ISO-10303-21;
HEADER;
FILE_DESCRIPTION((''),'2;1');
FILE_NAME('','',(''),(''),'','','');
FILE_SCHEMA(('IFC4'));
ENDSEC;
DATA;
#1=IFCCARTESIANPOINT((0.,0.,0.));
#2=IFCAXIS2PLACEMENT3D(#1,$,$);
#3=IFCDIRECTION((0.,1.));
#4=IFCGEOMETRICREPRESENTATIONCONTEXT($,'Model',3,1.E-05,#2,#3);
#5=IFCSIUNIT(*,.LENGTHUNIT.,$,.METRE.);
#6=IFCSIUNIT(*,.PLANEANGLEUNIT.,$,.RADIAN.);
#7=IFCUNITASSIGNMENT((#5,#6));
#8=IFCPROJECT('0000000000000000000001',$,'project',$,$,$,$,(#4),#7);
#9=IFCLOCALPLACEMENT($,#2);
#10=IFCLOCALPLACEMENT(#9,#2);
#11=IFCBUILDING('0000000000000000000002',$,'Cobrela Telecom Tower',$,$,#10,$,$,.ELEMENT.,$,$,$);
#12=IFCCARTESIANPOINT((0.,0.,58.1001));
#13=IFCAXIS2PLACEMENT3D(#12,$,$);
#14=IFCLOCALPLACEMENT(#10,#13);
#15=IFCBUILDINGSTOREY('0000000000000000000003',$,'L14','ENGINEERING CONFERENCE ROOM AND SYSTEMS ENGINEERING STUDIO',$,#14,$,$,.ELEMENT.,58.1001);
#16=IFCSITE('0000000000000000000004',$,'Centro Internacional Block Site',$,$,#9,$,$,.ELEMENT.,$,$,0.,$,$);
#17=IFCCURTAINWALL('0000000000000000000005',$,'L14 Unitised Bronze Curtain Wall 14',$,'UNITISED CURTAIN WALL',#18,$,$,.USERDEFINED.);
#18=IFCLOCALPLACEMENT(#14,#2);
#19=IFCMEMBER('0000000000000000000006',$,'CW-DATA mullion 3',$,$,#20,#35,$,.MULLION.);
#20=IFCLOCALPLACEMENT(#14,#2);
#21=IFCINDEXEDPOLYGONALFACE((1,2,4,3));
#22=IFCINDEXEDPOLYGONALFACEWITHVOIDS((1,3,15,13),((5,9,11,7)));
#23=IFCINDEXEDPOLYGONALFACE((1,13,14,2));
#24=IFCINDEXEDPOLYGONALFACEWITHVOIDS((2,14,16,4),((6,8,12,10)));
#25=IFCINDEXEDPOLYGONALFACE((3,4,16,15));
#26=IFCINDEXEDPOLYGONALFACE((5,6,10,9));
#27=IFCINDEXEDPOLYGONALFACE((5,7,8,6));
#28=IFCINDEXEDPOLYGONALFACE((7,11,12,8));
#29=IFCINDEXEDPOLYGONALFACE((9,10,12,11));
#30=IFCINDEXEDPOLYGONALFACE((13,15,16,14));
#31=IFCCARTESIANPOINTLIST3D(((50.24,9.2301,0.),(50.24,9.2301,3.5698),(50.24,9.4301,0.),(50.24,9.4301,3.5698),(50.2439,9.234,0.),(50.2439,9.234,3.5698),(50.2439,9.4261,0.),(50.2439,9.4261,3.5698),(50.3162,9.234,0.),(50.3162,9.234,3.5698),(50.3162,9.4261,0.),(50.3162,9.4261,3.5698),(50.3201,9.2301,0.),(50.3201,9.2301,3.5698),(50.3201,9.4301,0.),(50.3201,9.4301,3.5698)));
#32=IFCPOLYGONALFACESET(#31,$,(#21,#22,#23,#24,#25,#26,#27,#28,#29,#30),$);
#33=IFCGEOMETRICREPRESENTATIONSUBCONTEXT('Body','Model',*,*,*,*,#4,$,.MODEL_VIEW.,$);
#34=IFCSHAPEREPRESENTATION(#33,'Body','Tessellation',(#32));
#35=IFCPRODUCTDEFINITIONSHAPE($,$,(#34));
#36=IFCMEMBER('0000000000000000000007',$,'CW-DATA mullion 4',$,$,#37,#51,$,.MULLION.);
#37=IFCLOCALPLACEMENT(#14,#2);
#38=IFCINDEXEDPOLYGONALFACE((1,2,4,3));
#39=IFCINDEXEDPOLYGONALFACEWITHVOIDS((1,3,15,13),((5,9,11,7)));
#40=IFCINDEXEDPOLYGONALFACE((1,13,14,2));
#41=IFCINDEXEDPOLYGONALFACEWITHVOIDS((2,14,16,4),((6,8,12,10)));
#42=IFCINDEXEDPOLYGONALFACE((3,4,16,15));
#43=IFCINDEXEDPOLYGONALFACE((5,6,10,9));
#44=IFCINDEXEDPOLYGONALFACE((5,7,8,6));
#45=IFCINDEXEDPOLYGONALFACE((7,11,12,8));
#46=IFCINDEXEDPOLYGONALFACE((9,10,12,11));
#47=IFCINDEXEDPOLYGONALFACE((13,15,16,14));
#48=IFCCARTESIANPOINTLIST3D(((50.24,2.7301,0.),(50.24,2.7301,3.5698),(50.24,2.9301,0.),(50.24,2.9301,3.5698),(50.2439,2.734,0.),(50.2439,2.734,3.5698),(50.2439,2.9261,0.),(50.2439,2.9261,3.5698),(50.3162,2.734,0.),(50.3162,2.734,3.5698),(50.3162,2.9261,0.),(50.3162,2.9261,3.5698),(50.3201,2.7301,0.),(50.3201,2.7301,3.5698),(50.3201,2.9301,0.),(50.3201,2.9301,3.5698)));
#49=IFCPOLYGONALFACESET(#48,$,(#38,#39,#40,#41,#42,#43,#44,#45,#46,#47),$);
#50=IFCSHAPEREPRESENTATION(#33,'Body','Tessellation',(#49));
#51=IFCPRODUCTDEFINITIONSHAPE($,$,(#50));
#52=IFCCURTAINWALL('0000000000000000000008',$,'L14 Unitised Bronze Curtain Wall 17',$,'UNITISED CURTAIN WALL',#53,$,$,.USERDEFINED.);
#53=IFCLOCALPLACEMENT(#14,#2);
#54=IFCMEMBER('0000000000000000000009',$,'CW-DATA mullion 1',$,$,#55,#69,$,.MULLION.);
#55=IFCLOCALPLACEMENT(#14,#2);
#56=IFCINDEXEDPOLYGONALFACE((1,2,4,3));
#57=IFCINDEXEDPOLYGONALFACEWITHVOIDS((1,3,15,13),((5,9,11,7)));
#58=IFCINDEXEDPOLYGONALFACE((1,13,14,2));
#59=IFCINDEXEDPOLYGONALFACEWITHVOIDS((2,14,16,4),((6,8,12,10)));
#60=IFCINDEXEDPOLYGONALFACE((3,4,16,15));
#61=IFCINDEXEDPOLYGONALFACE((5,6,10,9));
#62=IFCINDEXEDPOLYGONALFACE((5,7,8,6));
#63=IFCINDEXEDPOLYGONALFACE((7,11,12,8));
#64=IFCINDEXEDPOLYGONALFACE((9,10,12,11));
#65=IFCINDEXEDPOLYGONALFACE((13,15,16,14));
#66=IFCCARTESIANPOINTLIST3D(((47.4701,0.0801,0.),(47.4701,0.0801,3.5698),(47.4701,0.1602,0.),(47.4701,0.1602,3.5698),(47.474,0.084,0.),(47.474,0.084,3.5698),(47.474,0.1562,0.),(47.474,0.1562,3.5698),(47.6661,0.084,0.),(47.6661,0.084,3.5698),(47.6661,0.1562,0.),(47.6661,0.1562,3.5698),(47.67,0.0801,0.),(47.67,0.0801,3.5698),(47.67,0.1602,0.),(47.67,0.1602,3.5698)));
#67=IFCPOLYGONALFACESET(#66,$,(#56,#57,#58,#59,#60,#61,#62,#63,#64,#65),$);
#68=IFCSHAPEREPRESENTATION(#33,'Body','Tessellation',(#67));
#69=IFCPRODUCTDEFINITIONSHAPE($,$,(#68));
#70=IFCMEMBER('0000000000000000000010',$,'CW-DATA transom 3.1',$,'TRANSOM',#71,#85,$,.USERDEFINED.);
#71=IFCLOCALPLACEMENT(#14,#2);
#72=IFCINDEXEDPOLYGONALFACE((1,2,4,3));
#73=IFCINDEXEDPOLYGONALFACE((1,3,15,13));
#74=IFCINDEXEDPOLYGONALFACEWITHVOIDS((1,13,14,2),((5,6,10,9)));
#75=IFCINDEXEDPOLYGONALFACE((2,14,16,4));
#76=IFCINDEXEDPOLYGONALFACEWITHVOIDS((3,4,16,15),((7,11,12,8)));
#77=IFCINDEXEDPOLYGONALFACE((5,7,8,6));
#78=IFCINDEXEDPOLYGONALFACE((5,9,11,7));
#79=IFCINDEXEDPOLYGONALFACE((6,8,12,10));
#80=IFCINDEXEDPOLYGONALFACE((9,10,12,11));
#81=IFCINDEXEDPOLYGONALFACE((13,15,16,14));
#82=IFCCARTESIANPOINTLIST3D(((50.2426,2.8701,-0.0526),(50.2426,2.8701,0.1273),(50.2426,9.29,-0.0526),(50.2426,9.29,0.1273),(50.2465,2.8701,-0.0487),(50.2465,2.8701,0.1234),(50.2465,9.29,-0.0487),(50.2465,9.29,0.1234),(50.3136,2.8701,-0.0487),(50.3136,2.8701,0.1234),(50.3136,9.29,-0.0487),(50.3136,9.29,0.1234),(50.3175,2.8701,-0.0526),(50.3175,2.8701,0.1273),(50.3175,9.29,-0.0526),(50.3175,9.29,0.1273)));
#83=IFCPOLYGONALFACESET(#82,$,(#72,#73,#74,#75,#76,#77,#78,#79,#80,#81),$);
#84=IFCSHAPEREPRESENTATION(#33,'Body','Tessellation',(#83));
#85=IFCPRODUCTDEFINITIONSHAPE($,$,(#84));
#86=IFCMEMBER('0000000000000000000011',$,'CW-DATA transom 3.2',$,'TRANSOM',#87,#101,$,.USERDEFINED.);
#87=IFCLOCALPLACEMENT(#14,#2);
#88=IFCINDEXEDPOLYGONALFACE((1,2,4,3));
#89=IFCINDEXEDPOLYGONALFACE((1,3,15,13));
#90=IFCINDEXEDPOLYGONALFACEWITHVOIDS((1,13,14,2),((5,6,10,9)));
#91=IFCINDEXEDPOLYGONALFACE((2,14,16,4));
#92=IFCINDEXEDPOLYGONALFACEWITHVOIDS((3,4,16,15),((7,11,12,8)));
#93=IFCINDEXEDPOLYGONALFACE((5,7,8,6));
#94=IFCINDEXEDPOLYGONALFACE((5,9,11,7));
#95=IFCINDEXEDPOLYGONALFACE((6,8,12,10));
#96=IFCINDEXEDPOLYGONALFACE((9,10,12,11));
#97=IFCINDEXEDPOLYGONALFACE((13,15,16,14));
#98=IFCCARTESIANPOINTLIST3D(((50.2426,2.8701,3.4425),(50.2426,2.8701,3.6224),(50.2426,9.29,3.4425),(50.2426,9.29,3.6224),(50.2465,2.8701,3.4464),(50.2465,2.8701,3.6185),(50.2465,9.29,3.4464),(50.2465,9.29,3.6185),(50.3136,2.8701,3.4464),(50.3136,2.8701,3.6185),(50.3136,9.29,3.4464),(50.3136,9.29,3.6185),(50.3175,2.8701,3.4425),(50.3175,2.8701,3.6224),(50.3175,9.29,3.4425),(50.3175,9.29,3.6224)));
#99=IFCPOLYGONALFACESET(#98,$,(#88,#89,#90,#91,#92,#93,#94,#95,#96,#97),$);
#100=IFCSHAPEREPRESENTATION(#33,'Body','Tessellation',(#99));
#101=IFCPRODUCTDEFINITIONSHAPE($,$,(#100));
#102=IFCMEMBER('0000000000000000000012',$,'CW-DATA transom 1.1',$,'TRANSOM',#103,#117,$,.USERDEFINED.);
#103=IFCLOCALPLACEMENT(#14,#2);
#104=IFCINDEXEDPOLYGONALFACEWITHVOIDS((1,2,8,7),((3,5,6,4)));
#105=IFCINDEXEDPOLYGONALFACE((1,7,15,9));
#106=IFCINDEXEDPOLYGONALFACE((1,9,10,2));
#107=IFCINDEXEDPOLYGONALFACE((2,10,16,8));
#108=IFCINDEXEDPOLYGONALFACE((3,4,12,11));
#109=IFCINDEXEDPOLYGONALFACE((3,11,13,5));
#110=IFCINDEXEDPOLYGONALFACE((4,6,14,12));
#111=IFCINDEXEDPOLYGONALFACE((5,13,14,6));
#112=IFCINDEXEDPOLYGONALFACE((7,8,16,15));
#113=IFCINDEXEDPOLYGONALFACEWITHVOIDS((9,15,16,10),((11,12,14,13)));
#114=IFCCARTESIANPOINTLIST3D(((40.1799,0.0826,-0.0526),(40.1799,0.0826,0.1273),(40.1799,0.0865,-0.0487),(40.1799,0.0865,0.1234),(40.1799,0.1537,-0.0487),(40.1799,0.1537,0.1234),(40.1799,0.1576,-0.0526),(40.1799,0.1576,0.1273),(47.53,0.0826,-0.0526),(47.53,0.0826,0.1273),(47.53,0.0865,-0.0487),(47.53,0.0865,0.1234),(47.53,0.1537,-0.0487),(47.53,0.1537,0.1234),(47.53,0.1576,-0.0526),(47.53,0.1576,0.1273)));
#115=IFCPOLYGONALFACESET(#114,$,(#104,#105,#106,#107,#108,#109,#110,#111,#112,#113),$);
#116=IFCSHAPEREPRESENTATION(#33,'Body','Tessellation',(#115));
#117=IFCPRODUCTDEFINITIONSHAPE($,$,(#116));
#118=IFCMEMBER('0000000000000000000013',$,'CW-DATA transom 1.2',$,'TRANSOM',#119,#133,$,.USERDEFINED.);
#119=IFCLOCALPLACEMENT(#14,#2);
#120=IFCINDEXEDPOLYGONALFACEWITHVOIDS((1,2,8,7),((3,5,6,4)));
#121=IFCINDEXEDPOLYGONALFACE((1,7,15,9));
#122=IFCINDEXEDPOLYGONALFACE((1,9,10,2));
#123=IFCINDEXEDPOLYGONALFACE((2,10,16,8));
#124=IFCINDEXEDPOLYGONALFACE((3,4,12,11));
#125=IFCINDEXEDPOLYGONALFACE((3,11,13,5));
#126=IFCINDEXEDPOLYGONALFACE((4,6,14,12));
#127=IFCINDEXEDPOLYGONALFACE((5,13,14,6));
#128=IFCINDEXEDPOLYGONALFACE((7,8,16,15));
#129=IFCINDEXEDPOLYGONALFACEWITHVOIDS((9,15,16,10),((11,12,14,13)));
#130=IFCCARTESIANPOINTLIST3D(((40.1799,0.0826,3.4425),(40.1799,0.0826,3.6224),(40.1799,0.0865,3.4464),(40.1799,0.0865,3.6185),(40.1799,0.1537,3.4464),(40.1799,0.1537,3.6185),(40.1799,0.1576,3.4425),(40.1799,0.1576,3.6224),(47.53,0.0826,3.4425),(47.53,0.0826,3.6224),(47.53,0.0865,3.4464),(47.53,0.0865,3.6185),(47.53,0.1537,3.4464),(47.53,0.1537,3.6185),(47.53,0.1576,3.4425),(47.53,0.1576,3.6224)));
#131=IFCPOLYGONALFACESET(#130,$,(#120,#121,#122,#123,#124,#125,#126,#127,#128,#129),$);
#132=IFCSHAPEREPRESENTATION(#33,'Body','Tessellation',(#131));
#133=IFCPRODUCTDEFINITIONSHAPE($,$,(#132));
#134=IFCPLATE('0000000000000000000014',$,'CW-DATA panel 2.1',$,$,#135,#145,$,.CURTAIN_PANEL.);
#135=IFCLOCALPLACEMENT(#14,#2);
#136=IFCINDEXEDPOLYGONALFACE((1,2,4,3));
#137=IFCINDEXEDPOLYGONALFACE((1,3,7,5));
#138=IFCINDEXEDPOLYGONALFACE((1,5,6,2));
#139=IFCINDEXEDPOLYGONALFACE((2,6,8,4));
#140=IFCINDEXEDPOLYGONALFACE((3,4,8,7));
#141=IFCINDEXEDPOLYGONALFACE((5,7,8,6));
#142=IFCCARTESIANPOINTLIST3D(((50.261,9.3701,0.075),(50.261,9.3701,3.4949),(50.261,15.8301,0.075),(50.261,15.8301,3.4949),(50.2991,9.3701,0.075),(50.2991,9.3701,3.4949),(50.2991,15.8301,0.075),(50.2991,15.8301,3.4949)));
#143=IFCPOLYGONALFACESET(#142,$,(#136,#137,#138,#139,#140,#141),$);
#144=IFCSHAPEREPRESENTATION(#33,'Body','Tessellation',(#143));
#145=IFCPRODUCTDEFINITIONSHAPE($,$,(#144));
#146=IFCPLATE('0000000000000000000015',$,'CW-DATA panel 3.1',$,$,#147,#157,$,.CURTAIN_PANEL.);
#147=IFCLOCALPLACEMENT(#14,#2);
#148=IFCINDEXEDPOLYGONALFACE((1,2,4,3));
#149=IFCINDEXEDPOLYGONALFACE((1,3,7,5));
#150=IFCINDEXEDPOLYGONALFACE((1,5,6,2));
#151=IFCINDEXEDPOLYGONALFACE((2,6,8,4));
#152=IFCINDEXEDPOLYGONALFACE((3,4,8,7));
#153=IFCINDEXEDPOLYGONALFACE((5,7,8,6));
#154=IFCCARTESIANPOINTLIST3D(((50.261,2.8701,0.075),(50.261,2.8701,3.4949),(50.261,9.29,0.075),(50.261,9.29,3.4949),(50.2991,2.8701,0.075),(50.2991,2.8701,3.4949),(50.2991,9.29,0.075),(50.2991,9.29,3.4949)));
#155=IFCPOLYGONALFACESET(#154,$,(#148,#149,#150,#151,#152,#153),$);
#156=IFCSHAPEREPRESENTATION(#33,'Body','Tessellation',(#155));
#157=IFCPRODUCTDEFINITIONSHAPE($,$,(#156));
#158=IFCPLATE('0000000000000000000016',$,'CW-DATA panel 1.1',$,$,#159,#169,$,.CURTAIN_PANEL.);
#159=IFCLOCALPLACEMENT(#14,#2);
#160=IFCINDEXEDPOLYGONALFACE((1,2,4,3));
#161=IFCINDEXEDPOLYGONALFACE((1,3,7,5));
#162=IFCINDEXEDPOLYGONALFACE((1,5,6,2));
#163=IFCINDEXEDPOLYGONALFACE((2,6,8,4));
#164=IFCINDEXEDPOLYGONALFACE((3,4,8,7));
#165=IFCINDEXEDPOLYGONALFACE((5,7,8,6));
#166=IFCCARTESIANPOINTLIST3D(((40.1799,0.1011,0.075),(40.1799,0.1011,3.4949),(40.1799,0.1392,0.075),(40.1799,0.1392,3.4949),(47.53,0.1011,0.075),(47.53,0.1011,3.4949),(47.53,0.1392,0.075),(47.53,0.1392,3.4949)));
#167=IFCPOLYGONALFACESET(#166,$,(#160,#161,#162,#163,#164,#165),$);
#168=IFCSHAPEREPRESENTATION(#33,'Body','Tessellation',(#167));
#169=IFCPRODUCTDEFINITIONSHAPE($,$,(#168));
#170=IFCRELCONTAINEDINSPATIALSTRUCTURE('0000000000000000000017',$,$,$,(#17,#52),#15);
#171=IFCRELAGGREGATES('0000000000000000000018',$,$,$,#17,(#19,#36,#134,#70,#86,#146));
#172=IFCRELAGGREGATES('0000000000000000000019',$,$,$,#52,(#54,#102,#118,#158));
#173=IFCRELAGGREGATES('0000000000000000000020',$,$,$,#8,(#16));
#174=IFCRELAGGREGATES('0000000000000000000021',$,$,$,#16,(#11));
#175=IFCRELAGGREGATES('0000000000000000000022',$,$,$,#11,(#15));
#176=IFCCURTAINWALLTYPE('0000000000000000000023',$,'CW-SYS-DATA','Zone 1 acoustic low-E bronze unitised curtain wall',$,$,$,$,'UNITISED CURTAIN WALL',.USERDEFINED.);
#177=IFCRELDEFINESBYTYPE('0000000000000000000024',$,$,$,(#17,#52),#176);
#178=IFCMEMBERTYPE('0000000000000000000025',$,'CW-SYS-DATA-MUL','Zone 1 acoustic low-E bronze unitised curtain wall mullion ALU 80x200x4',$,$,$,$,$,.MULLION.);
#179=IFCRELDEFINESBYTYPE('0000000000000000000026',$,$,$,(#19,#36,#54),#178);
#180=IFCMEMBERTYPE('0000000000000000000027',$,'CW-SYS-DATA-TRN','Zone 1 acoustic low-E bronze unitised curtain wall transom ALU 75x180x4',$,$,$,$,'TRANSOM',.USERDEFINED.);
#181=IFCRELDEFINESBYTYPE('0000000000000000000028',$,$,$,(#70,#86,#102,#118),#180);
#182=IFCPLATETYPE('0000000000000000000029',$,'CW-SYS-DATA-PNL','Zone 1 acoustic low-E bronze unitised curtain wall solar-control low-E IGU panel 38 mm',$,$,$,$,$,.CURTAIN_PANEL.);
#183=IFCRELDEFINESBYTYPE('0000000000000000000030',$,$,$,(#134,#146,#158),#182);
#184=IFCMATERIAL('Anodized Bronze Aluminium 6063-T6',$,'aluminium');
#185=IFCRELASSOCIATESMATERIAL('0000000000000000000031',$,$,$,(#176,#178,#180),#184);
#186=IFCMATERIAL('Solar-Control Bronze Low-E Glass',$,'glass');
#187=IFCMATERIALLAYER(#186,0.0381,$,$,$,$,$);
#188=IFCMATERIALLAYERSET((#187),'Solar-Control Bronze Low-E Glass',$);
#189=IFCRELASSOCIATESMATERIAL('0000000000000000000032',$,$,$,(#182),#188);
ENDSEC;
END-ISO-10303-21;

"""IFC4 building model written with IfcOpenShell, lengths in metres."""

from ifc_helpers import new_model, si_unit, direction, frame, origin, origin_2d, place, context, subcontext, project, spatial, rectangle, hollow_rectangle, extrude, material, layer, layer_set, material_profile, profile_set, type_object, element, aggregate, save


model = new_model("IFC4")

# Units and contexts
model_context = context("Model", 3, precision=1e-05, world=origin(), true_north=direction((0.0, 1.0)))
body_context = subcontext(model_context, "Body", "Model", "MODEL_VIEW")
ifc_project = project(units=[si_unit("LENGTHUNIT", "METRE"), si_unit("PLANEANGLEUNIT", "RADIAN")], contexts=[model_context])

# Site, building, storey
site_placement = place(None, origin())
site = spatial("IfcSite", under=ifc_project, at=site_placement, Name="Centro Internacional Block Site", CompositionType="ELEMENT", RefElevation=0.0)
building_placement = place(site_placement, origin())
building = spatial("IfcBuilding", under=site, at=building_placement, Name="Cobrela Telecom Tower", CompositionType="ELEMENT")
storey_placement = place(building_placement, frame((0.0, 0.0, 58.1001)))
storey = spatial("IfcBuildingStorey", under=building, at=storey_placement, Name="L14", Description="ENGINEERING CONFERENCE ROOM AND SYSTEMS ENGINEERING STUDIO", CompositionType="ELEMENT", Elevation=58.1001)

# Curtain wall, members
ifc_material_1 = material(Name="Anodized Bronze Aluminium 6063-T6", Category="aluminium")
curtain_wall_type = type_object("IfcCurtainWallType", Name="CW-SYS-DATA", Description="Zone 1 acoustic low-E bronze unitised curtain wall", ElementType="UNITISED CURTAIN WALL", PredefinedType="USERDEFINED", material=ifc_material_1)
curtain_wall_1_placement = place(storey_placement, origin())
curtain_wall_1 = element("IfcCurtainWall", 1, at=curtain_wall_1_placement, inside=storey, type_object=curtain_wall_type, Name="L14 Unitised Bronze Curtain Wall 14", ObjectType="UNITISED CURTAIN WALL", PredefinedType="USERDEFINED")
ifc_material_profile_1 = material_profile(ifc_material_1, hollow_rectangle(XDim=0.0801, YDim=0.2, WallThickness=0.0039, at=origin_2d()), Name="ALU 80x200x4")
ifc_profile_set_1 = profile_set([ifc_material_profile_1], Name="Anodized Bronze Aluminium 6063-T6")
member_type_1 = type_object("IfcMemberType", Name="CW-SYS-DATA-MUL", Description="Zone 1 acoustic low-E bronze unitised curtain wall mullion ALU 80x200x4", PredefinedType="MULLION", material=ifc_profile_set_1)
member_1_placement = place(storey_placement, frame((50.28, 9.3301, 0.0), z_axis=(0.0, 0.0, 1.0), x_axis=(1.0, 0.0, 0.0)))
member_1 = element("IfcMember", 2, at=member_1_placement, type_object=member_type_1, Name="CW-DATA mullion 3", PredefinedType="MULLION", context=body_context, shape_type="SweptSolid", body=[
    extrude(hollow_rectangle(XDim=0.0801, YDim=0.2, WallThickness=0.0039, at=origin_2d()), origin(), (0.0, 0.0, 1.0), 3.5698),
])
member_2_placement = place(storey_placement, frame((50.28, 2.8301, 0.0), z_axis=(0.0, 0.0, 1.0), x_axis=(1.0, 0.0, 0.0)))
member_2 = element("IfcMember", 3, at=member_2_placement, type_object=member_type_1, Name="CW-DATA mullion 4", PredefinedType="MULLION", context=body_context, shape_type="SweptSolid", body=[
    extrude(hollow_rectangle(XDim=0.0801, YDim=0.2, WallThickness=0.0039, at=origin_2d()), origin(), (0.0, 0.0, 1.0), 3.5698),
])

# Curtain wall, member
curtain_wall_2_placement = place(storey_placement, origin())
curtain_wall_2 = element("IfcCurtainWall", 4, at=curtain_wall_2_placement, inside=storey, type_object=curtain_wall_type, Name="L14 Unitised Bronze Curtain Wall 17", ObjectType="UNITISED CURTAIN WALL", PredefinedType="USERDEFINED")
member_3_placement = place(storey_placement, frame((47.5701, 0.1201, 0.0), z_axis=(0.0, 0.0, 1.0), x_axis=(0.0, -1.0, 0.0)))
member_3 = element("IfcMember", 5, at=member_3_placement, type_object=member_type_1, Name="CW-DATA mullion 1", PredefinedType="MULLION", context=body_context, shape_type="SweptSolid", body=[
    extrude(hollow_rectangle(XDim=0.0801, YDim=0.2, WallThickness=0.0039, at=origin_2d()), origin(), (0.0, 0.0, 1.0), 3.5698),
])

# Members
ifc_material_profile_2 = material_profile(ifc_material_1, hollow_rectangle(XDim=0.075, YDim=0.1799, WallThickness=0.0039, at=origin_2d()), Name="ALU 75x180x4")
ifc_profile_set_2 = profile_set([ifc_material_profile_2], Name="Anodized Bronze Aluminium 6063-T6")
member_type_2 = type_object("IfcMemberType", Name="CW-SYS-DATA-TRN", Description="Zone 1 acoustic low-E bronze unitised curtain wall transom ALU 75x180x4", ElementType="TRANSOM", PredefinedType="USERDEFINED", material=ifc_profile_set_2)
member_4_placement = place(storey_placement, frame((50.28, 9.29, 0.0374), z_axis=(0.0, -1.0, 0.0), x_axis=(1.0, 0.0, 0.0)))
member_4 = element("IfcMember", 6, at=member_4_placement, type_object=member_type_2, Name="CW-DATA transom 3.1", ObjectType="TRANSOM", PredefinedType="USERDEFINED", context=body_context, shape_type="SweptSolid", body=[
    extrude(hollow_rectangle(XDim=0.075, YDim=0.1799, WallThickness=0.0039, at=origin_2d()), origin(), (0.0, 0.0, 1.0), 6.4199),
])
member_5_placement = place(storey_placement, frame((50.28, 9.29, 3.5325), z_axis=(0.0, -1.0, 0.0), x_axis=(1.0, 0.0, 0.0)))
member_5 = element("IfcMember", 7, at=member_5_placement, type_object=member_type_2, Name="CW-DATA transom 3.2", ObjectType="TRANSOM", PredefinedType="USERDEFINED", context=body_context, shape_type="SweptSolid", body=[
    extrude(hollow_rectangle(XDim=0.075, YDim=0.1799, WallThickness=0.0039, at=origin_2d()), origin(), (0.0, 0.0, 1.0), 6.4199),
])
member_6_placement = place(storey_placement, frame((47.53, 0.1201, 0.0374), z_axis=(-1.0, 0.0, 0.0), x_axis=(0.0, -1.0, 0.0)))
member_6 = element("IfcMember", 8, at=member_6_placement, type_object=member_type_2, Name="CW-DATA transom 1.1", ObjectType="TRANSOM", PredefinedType="USERDEFINED", context=body_context, shape_type="SweptSolid", body=[
    extrude(hollow_rectangle(XDim=0.075, YDim=0.1799, WallThickness=0.0039, at=origin_2d()), origin(), (0.0, 0.0, 1.0), 7.3501),
])
member_7_placement = place(storey_placement, frame((47.53, 0.1201, 3.5325), z_axis=(-1.0, 0.0, 0.0), x_axis=(0.0, -1.0, 0.0)))
member_7 = element("IfcMember", 9, at=member_7_placement, type_object=member_type_2, Name="CW-DATA transom 1.2", ObjectType="TRANSOM", PredefinedType="USERDEFINED", context=body_context, shape_type="SweptSolid", body=[
    extrude(hollow_rectangle(XDim=0.075, YDim=0.1799, WallThickness=0.0039, at=origin_2d()), origin(), (0.0, 0.0, 1.0), 7.3501),
])

# Plates
ifc_material_2 = material(Name="Solar-Control Bronze Low-E Glass", Category="glass")
ifc_layer_1 = layer(ifc_material_2, 0.0381)
ifc_layer_set_1 = layer_set([ifc_layer_1], Name="Solar-Control Bronze Low-E Glass")
plate_type = type_object("IfcPlateType", Name="CW-SYS-DATA-PNL", Description="Zone 1 acoustic low-E bronze unitised curtain wall solar-control low-E IGU panel 38 mm", PredefinedType="CURTAIN_PANEL", material=ifc_layer_set_1)
plate_1_placement = place(storey_placement, frame((50.28, 12.6001, 0.075), z_axis=(0.0, 0.0, 1.0), x_axis=(0.0, -1.0, 0.0)))
plate_1 = element("IfcPlate", 10, at=plate_1_placement, type_object=plate_type, Name="CW-DATA panel 2.1", PredefinedType="CURTAIN_PANEL", context=body_context, shape_type="SweptSolid", body=[
    extrude(rectangle(XDim=6.46, YDim=0.0381, at=origin_2d()), origin(), (0.0, 0.0, 1.0), 3.4199),
])
plate_2_placement = place(storey_placement, frame((50.28, 6.0801, 0.075), z_axis=(0.0, 0.0, 1.0), x_axis=(0.0, -1.0, 0.0)))
plate_2 = element("IfcPlate", 11, at=plate_2_placement, type_object=plate_type, Name="CW-DATA panel 3.1", PredefinedType="CURTAIN_PANEL", context=body_context, shape_type="SweptSolid", body=[
    extrude(rectangle(XDim=6.4199, YDim=0.0381, at=origin_2d()), origin(), (0.0, 0.0, 1.0), 3.4199),
])
aggregate(curtain_wall_1, [member_1, member_2, plate_1, member_4, member_5, plate_2])
plate_3_placement = place(storey_placement, frame((43.855, 0.1201, 0.075), z_axis=(0.0, 0.0, 1.0), x_axis=(-1.0, 0.0, 0.0)))
plate_3 = element("IfcPlate", 12, at=plate_3_placement, type_object=plate_type, Name="CW-DATA panel 1.1", PredefinedType="CURTAIN_PANEL", context=body_context, shape_type="SweptSolid", body=[
    extrude(rectangle(XDim=7.3501, YDim=0.0381, at=origin_2d()), origin(), (0.0, 0.0, 1.0), 3.4199),
])
aggregate(curtain_wall_2, [member_3, member_6, member_7, plate_3])

save(model, "model.ifc")
